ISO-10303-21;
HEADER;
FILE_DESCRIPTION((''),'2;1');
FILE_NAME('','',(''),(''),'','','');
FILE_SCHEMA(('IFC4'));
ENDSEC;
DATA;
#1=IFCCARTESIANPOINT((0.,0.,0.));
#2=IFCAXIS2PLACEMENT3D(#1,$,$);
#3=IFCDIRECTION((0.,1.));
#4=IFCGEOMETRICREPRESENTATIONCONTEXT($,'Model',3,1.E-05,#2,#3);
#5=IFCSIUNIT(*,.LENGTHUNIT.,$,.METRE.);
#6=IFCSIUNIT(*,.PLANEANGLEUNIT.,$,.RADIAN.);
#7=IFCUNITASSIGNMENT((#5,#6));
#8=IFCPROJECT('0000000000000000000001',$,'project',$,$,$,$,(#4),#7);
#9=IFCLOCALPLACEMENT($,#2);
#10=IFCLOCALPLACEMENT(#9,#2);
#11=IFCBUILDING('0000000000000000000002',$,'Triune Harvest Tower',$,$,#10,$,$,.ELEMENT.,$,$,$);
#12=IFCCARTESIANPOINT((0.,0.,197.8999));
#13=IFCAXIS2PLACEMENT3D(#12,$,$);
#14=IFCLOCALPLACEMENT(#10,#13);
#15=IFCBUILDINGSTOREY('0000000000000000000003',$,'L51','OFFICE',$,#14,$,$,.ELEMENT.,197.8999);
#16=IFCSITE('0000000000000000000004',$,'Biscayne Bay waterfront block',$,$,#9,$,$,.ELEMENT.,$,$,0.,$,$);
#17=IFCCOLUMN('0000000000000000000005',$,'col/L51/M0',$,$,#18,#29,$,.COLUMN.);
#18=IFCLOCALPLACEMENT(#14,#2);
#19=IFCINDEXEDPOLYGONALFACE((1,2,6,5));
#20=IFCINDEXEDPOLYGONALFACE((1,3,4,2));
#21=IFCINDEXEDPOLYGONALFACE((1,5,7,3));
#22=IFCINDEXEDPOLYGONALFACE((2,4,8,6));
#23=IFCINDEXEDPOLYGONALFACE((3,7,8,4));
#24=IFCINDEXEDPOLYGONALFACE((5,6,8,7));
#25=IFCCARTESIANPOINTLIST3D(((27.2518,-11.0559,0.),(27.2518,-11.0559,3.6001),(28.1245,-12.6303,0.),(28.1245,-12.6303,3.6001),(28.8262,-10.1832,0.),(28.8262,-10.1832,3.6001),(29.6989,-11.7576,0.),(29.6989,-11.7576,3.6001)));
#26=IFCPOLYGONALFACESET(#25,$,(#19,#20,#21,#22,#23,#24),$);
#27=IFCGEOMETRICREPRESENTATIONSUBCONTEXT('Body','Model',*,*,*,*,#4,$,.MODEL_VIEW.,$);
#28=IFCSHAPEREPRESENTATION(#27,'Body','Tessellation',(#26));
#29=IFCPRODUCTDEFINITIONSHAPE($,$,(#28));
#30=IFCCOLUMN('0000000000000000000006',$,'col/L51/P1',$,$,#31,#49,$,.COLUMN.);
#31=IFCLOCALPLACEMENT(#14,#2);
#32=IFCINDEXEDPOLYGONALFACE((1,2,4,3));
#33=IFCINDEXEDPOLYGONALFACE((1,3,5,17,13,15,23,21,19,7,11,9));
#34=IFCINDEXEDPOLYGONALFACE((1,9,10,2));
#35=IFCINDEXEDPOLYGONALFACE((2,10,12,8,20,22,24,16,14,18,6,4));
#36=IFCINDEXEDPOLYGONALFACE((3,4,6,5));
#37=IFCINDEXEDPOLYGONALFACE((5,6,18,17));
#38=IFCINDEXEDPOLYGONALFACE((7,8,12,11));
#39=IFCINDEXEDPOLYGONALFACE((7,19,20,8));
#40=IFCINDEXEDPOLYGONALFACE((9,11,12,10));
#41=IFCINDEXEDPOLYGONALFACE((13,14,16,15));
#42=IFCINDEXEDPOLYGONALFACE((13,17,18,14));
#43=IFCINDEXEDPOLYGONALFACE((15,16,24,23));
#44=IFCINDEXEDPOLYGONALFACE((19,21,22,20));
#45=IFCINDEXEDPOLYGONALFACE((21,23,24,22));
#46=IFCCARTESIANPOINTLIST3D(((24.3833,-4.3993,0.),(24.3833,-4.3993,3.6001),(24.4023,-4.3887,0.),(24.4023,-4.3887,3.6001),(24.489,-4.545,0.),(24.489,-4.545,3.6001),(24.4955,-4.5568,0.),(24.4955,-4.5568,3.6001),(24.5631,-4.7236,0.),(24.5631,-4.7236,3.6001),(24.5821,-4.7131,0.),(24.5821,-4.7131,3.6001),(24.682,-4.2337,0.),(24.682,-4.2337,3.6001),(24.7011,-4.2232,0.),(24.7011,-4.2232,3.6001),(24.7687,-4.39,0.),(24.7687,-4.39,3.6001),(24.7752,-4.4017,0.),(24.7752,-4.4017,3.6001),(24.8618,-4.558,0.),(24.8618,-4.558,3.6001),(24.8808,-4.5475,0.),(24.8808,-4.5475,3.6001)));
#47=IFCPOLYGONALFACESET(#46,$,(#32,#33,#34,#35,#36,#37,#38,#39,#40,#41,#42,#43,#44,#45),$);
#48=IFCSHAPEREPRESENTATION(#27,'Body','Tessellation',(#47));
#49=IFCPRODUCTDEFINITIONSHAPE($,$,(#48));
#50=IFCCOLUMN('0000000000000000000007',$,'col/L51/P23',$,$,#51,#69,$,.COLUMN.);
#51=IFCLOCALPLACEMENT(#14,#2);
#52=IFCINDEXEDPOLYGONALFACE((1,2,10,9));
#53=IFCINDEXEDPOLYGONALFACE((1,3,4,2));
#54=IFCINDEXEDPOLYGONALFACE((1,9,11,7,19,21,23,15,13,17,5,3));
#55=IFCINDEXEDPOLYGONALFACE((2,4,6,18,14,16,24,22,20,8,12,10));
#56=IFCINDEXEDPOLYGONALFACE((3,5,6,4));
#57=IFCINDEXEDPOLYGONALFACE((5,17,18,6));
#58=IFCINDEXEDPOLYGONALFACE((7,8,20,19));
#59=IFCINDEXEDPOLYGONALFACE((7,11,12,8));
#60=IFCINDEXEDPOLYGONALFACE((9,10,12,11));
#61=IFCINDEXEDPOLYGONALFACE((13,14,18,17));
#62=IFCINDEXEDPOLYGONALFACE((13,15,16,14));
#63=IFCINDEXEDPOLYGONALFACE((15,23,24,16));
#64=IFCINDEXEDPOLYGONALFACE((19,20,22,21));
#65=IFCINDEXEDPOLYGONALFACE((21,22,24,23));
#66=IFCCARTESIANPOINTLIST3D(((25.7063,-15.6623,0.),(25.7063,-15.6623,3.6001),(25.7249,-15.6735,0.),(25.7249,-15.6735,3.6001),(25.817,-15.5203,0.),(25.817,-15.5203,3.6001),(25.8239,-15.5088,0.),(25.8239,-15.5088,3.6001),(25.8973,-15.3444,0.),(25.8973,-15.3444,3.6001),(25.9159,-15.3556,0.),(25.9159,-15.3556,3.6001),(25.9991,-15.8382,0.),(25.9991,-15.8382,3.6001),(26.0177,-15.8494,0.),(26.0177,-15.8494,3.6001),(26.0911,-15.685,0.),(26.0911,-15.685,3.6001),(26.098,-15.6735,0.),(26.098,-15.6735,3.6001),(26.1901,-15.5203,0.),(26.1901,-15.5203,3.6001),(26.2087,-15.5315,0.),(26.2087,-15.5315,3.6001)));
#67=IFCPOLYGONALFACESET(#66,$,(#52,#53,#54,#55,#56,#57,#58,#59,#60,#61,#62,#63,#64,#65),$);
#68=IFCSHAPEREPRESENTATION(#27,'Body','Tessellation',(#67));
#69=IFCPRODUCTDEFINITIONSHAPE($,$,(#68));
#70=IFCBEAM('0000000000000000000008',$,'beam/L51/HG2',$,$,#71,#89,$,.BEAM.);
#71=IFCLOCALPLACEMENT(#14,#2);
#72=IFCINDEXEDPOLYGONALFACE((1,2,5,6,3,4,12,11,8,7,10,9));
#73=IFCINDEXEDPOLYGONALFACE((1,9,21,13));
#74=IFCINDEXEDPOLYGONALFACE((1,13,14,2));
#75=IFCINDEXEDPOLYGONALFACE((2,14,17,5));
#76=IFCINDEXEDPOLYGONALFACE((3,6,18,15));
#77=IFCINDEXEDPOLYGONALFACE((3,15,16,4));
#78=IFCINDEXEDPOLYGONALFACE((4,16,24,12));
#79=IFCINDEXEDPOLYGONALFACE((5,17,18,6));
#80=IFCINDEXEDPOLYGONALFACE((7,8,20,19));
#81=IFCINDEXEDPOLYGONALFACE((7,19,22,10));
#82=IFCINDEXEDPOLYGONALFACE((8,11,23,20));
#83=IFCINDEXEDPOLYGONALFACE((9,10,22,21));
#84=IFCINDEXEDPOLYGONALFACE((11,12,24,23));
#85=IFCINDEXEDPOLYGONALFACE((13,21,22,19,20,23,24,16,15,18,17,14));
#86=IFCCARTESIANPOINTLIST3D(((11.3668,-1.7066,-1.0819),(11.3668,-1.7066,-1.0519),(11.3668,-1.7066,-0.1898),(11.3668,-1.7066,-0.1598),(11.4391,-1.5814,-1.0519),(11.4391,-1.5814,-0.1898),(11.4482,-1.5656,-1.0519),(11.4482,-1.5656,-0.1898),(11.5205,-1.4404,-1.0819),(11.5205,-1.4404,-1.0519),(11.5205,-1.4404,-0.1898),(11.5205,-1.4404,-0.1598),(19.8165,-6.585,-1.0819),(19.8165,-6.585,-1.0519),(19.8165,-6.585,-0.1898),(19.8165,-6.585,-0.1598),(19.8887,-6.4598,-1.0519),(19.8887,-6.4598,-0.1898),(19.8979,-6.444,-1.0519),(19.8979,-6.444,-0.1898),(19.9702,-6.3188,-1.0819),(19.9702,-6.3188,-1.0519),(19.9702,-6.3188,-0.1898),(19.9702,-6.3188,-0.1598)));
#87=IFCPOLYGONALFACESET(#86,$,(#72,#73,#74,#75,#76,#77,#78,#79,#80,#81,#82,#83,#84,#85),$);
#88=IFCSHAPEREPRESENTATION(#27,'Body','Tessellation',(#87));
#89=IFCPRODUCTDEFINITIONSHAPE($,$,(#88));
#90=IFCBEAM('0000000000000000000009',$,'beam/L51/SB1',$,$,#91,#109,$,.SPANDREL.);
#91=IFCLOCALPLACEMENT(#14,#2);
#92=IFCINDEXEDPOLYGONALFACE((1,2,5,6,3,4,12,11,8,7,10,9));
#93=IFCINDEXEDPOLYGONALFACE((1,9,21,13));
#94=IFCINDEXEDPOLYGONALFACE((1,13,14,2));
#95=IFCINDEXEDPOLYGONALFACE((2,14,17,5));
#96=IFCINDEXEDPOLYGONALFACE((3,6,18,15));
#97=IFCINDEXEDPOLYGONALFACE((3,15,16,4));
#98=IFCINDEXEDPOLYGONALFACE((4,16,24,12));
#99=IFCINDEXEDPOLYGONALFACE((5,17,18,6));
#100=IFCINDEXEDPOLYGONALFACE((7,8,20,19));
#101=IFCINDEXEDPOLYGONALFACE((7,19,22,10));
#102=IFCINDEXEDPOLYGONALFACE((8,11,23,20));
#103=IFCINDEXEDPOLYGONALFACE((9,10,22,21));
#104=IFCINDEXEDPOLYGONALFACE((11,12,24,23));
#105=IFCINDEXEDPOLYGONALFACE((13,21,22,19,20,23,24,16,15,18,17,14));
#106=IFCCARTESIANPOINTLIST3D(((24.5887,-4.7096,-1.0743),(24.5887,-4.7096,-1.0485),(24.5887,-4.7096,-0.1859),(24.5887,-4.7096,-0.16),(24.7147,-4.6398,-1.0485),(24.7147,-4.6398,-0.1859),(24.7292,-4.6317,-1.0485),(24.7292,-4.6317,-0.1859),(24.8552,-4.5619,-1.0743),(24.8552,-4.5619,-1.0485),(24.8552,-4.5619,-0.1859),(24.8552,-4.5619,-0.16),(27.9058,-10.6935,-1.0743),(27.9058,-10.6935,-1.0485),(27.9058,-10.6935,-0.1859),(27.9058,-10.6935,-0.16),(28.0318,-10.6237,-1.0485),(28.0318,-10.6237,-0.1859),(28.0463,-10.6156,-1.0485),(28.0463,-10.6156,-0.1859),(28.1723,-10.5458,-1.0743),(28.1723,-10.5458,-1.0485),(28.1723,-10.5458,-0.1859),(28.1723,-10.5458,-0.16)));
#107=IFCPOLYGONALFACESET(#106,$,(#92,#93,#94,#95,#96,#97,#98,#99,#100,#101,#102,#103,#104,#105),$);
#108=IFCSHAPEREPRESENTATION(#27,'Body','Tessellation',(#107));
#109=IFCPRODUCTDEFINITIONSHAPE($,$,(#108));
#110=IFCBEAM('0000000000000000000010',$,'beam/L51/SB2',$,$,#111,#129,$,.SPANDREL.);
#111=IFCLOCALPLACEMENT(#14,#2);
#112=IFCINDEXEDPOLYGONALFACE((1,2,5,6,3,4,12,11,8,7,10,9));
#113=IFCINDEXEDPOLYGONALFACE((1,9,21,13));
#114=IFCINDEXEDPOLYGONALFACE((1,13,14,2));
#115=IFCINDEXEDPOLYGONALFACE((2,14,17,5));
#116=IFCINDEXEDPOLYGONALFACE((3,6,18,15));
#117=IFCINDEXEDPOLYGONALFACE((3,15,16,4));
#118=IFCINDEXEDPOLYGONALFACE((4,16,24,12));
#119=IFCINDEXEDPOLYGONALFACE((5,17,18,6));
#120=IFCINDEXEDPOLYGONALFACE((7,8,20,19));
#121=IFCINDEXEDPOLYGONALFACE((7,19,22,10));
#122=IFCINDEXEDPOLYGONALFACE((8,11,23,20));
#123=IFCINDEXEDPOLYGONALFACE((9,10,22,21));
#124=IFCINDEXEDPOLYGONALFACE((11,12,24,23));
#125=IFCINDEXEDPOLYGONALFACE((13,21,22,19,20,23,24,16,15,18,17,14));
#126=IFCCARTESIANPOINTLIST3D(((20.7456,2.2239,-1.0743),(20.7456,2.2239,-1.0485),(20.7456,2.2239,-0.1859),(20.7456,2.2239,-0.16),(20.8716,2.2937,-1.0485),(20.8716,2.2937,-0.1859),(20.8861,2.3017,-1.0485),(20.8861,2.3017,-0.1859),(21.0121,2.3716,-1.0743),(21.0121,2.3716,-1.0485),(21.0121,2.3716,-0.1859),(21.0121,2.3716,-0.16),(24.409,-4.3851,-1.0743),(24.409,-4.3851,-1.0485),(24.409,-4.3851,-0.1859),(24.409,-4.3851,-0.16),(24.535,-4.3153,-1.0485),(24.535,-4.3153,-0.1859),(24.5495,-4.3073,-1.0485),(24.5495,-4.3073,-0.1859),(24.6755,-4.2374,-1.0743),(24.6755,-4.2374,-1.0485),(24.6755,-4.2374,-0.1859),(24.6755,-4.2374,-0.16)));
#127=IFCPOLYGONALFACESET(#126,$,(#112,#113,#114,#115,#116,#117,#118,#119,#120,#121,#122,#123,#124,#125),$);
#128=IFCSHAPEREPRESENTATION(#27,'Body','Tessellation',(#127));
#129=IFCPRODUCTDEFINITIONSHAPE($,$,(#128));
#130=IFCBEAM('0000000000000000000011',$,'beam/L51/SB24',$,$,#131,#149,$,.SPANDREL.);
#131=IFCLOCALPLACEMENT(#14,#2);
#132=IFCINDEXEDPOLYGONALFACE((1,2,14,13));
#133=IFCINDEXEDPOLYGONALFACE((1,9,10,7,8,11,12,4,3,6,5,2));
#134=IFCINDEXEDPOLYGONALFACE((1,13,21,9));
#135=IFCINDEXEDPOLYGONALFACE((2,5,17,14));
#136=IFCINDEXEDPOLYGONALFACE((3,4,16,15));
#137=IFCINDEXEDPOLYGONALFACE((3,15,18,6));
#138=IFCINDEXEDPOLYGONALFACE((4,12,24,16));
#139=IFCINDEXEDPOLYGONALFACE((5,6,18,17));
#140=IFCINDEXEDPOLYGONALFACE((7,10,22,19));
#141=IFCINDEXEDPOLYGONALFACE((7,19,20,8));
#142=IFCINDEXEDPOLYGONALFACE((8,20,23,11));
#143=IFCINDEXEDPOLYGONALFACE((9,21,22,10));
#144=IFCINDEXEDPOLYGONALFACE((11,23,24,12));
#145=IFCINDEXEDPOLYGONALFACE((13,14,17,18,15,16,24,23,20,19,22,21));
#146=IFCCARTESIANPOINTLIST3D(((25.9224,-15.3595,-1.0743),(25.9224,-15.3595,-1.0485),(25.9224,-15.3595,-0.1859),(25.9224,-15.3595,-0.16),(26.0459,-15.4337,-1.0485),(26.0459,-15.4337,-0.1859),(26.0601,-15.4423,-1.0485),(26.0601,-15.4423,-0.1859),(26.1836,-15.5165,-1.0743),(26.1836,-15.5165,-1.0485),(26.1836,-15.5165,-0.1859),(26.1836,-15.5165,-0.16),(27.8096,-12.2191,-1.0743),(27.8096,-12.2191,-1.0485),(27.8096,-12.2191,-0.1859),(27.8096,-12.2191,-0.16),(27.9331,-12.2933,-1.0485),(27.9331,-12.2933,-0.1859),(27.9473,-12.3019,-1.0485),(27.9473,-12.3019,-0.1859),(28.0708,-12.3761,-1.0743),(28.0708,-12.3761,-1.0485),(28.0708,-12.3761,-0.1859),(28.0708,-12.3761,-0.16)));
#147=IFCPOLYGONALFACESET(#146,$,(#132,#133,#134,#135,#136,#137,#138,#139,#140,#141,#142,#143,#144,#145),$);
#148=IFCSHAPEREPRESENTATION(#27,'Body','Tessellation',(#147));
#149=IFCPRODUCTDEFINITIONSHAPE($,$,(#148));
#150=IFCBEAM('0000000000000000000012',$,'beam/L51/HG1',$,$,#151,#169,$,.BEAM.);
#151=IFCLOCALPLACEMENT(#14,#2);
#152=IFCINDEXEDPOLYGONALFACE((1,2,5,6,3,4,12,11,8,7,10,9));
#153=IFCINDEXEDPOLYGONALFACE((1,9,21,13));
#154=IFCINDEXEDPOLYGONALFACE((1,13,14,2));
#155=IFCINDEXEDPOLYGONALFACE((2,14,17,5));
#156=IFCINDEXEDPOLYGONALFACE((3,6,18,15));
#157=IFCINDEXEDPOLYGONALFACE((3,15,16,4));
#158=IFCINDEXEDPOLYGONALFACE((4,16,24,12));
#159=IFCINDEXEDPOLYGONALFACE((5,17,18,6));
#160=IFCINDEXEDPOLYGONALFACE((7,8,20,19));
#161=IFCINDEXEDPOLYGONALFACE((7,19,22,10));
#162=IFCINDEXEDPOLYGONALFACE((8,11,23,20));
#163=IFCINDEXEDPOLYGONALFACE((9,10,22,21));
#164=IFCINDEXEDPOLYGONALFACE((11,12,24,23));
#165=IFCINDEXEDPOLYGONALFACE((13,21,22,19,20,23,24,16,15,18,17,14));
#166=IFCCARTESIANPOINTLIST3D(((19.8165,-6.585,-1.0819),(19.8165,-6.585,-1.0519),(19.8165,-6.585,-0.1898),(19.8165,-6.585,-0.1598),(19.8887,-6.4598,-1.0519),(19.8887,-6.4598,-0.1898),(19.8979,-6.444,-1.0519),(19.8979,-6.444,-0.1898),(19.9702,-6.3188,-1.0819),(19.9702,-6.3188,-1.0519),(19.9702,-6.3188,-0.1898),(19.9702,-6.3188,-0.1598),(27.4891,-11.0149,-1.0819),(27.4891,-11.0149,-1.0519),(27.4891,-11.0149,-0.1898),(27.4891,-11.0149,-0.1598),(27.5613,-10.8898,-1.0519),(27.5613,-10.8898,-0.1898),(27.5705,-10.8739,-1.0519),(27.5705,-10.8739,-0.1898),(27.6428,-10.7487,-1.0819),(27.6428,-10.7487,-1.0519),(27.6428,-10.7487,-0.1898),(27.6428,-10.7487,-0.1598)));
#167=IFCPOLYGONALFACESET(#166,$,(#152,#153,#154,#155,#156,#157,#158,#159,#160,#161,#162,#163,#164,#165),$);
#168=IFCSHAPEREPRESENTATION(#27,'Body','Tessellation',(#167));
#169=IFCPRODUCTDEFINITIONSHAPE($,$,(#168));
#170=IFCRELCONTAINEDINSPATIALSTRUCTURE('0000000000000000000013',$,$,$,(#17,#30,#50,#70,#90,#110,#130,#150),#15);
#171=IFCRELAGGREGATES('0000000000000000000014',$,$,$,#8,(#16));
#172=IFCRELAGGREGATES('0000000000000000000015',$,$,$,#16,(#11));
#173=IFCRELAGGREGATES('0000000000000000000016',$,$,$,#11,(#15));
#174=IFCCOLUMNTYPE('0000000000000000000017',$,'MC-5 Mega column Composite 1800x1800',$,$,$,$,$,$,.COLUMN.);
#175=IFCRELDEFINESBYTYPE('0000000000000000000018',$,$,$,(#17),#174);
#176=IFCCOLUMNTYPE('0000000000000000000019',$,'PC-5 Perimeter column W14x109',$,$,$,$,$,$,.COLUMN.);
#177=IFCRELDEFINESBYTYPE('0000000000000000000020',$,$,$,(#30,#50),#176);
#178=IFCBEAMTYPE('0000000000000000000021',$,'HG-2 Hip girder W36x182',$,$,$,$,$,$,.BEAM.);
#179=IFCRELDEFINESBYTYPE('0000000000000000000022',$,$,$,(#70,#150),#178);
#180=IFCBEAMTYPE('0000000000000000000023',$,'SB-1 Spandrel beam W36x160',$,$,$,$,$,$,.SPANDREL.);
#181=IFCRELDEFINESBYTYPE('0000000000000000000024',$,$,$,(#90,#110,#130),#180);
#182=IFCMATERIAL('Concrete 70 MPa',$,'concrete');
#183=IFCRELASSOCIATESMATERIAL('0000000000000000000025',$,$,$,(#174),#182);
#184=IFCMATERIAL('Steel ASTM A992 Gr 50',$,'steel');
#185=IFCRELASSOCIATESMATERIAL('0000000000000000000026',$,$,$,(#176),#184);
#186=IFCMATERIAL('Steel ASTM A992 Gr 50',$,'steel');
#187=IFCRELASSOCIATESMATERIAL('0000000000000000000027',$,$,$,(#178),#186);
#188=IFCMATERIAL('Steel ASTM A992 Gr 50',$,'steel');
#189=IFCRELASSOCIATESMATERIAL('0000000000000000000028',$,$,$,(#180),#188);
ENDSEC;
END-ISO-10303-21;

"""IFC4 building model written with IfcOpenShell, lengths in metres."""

from ifc_helpers import new_model, si_unit, direction, frame, origin, origin_2d, place, context, subcontext, project, spatial, rectangle, i_section, extrude, source, transform, mapped, material, material_profile, profile_set, type_object, element, save


model = new_model("IFC4")

# Units and contexts
model_context = context("Model", 3, precision=1e-05, world=origin(), true_north=direction((0.0, 1.0)))
body_context = subcontext(model_context, "Body", "Model", "MODEL_VIEW")
ifc_project = project(units=[si_unit("LENGTHUNIT", "METRE"), si_unit("PLANEANGLEUNIT", "RADIAN")], contexts=[model_context])

# Site, building, storey
site_placement = place(None, origin())
site = spatial("IfcSite", under=ifc_project, at=site_placement, Name="Biscayne Bay waterfront block", CompositionType="ELEMENT", RefElevation=0.0)
building_placement = place(site_placement, origin())
building = spatial("IfcBuilding", under=site, at=building_placement, Name="Triune Harvest Tower", CompositionType="ELEMENT")
storey_placement = place(building_placement, frame((0.0, 0.0, 197.8999)))
storey = spatial("IfcBuildingStorey", under=building, at=storey_placement, Name="L51", Description="OFFICE", CompositionType="ELEMENT", Elevation=197.8999)

# Columns
ifc_material_1 = material(Name="Concrete 70 MPa", Category="concrete")
ifc_material_profile_1 = material_profile(ifc_material_1, rectangle(XDim=1.8, YDim=1.8, at=origin_2d()), Name="Composite 1800x1800")
ifc_profile_set_1 = profile_set([ifc_material_profile_1], Name="Concrete 70 MPa")
column_type_1 = type_object("IfcColumnType", Name="MC-5 Mega column Composite 1800x1800", PredefinedType="COLUMN", material=ifc_profile_set_1)
shared_shape_1 = source(origin(), body_context, "Body", "SweptSolid", [
    extrude(rectangle(XDim=1.8, YDim=1.8, at=origin_2d()), origin(), (0.0, 0.0, 1.0), 3.6001),
])
column_placement = place(storey_placement, frame((28.4753, -11.4067, 0.0), z_axis=(0.0, 0.0, 1.0), x_axis=(-0.48481, 0.87462, 0.0)))
element("IfcColumn", 1, at=column_placement, inside=storey, type_object=column_type_1, Name="col/L51/M0", PredefinedType="COLUMN", context=body_context, shape_type="MappedRepresentation", body=[
    mapped(shared_shape_1, transform((0.0, 0.0, 0.0), scale=1.0)),
])
ifc_material_2 = material(Name="Steel ASTM A992 Gr 50", Category="steel")
ifc_material_profile_2 = material_profile(ifc_material_2, i_section(OverallWidth=0.3708, OverallDepth=0.3633, WebThickness=0.0134, FlangeThickness=0.0217, at=origin_2d()), Name="W14x109")
ifc_profile_set_2 = profile_set([ifc_material_profile_2], Name="Steel ASTM A992 Gr 50")
column_type_2 = type_object("IfcColumnType", Name="PC-5 Perimeter column W14x109", PredefinedType="COLUMN", material=ifc_profile_set_2)
shared_shape_2 = source(origin(), body_context, "Body", "SweptSolid", [
    extrude(i_section(OverallWidth=0.3708, OverallDepth=0.3633, WebThickness=0.0134, FlangeThickness=0.0217, at=origin_2d()), origin(), (0.0, 0.0, 1.0), 3.6001),
])
for number, where, z_axis, x_axis, name in (
    (2, (24.6321, -4.4734, 0.0), (0.0, 0.0, 1.0), (-0.48481, 0.87462, 0.0), "col/L51/P1"),
    (3, (25.9575, -15.5969, 0.0), (0.0, 0.0, 1.0), (0.51504, 0.857166, 0.0), "col/L51/P23"),
):
    element("IfcColumn", number, at=place(storey_placement, frame(where, z_axis=z_axis, x_axis=x_axis)), inside=storey, type_object=column_type_2, Name=name, PredefinedType="COLUMN", context=body_context, shape_type="MappedRepresentation", body=[
        mapped(shared_shape_2, transform((0.0, 0.0, 0.0), scale=1.0)),
    ])

# Beams
ifc_material_3 = material(Name="Steel ASTM A992 Gr 50", Category="steel")
ifc_material_profile_3 = material_profile(ifc_material_3, i_section(OverallWidth=0.3074, OverallDepth=0.9221, WebThickness=0.0183, FlangeThickness=0.03, at=origin_2d()), Name="W36x182")
ifc_profile_set_3 = profile_set([ifc_material_profile_3], Name="Steel ASTM A992 Gr 50")
beam_type_1 = type_object("IfcBeamType", Name="HG-2 Hip girder W36x182", PredefinedType="BEAM", material=ifc_profile_set_3)
shared_shape_3 = source(origin(), body_context, "Body", "SweptSolid", [
    extrude(i_section(OverallWidth=0.3074, OverallDepth=0.9221, WebThickness=0.0183, FlangeThickness=0.03, at=origin_2d()), origin(), (0.0, 0.0, 1.0), 9.7568),
])
beam_1_placement = place(storey_placement, frame((19.8933, -6.4519, -0.6208), z_axis=(-0.866026, 0.499998, 0.0), x_axis=(-0.499998, -0.866026, 0.0)))
element("IfcBeam", 4, at=beam_1_placement, inside=storey, type_object=beam_type_1, Name="beam/L51/HG2", PredefinedType="BEAM", context=body_context, shape_type="MappedRepresentation", body=[
    mapped(shared_shape_3, transform((0.0, 0.0, 0.0), scale=1.0)),
])
ifc_material_4 = material(Name="Steel ASTM A992 Gr 50", Category="steel")
ifc_material_profile_4 = material_profile(ifc_material_4, i_section(OverallWidth=0.3047, OverallDepth=0.9143, WebThickness=0.0166, FlangeThickness=0.0259, at=origin_2d()), Name="W36x160")
ifc_profile_set_4 = profile_set([ifc_material_profile_4], Name="Steel ASTM A992 Gr 50")
beam_type_2 = type_object("IfcBeamType", Name="SB-1 Spandrel beam W36x160", PredefinedType="SPANDREL", material=ifc_profile_set_4)
shared_shape_4 = source(origin(), body_context, "Body", "SweptSolid", [
    extrude(i_section(OverallWidth=0.3047, OverallDepth=0.9143, WebThickness=0.0166, FlangeThickness=0.0259, at=origin_2d()), origin(), (0.0, 0.0, 1.0), 6.8418),
])
beam_2_placement = place(storey_placement, frame((28.0391, -10.6196, -0.6172), z_axis=(-0.484834, 0.874606, 0.0), x_axis=(-0.874606, -0.484834, 0.0)))
element("IfcBeam", 5, at=beam_2_placement, inside=storey, type_object=beam_type_2, Name="beam/L51/SB1", PredefinedType="SPANDREL", context=body_context, shape_type="MappedRepresentation", body=[
    mapped(shared_shape_4, transform((0.0, 0.0, 0.0), scale=1.0)),
])
shared_shape_5 = source(origin(), body_context, "Body", "SweptSolid", [
    extrude(i_section(OverallWidth=0.3047, OverallDepth=0.9143, WebThickness=0.0166, FlangeThickness=0.0259, at=origin_2d()), origin(), (0.0, 0.0, 1.0), 7.5564),
])
beam_3_placement = place(storey_placement, frame((24.5422, -4.3113, -0.6172), z_axis=(-0.484806, 0.874622, 0.0), x_axis=(-0.874622, -0.484806, 0.0)))
element("IfcBeam", 6, at=beam_3_placement, inside=storey, type_object=beam_type_2, Name="beam/L51/SB2", PredefinedType="SPANDREL", context=body_context, shape_type="MappedRepresentation", body=[
    mapped(shared_shape_5, transform((0.0, 0.0, 0.0), scale=1.0)),
])
shared_shape_6 = source(origin(), body_context, "Body", "SweptSolid", [
    extrude(i_section(OverallWidth=0.3047, OverallDepth=0.9143, WebThickness=0.0166, FlangeThickness=0.0259, at=origin_2d()), origin(), (0.0, 0.0, 1.0), 3.6638),
])
beam_4_placement = place(storey_placement, frame((26.053, -15.438, -0.6172), z_axis=(0.515093, 0.857134, 0.0), x_axis=(-0.857134, 0.515093, 0.0)))
element("IfcBeam", 7, at=beam_4_placement, inside=storey, type_object=beam_type_2, Name="beam/L51/SB24", PredefinedType="SPANDREL", context=body_context, shape_type="MappedRepresentation", body=[
    mapped(shared_shape_6, transform((0.0, 0.0, 0.0), scale=1.0)),
])
shared_shape_7 = source(origin(), body_context, "Body", "SweptSolid", [
    extrude(i_section(OverallWidth=0.3074, OverallDepth=0.9221, WebThickness=0.0183, FlangeThickness=0.03, at=origin_2d()), origin(), (0.0, 0.0, 1.0), 8.8596),
])
beam_5_placement = place(storey_placement, frame((27.5659, -10.8818, -0.6208), z_axis=(-0.866018, 0.500013, 0.0), x_axis=(-0.500013, -0.866018, 0.0)))
element("IfcBeam", 8, at=beam_5_placement, inside=storey, type_object=beam_type_1, Name="beam/L51/HG1", PredefinedType="BEAM", context=body_context, shape_type="MappedRepresentation", body=[
    mapped(shared_shape_7, transform((0.0, 0.0, 0.0), scale=1.0)),
])

save(model, "model.ifc")
